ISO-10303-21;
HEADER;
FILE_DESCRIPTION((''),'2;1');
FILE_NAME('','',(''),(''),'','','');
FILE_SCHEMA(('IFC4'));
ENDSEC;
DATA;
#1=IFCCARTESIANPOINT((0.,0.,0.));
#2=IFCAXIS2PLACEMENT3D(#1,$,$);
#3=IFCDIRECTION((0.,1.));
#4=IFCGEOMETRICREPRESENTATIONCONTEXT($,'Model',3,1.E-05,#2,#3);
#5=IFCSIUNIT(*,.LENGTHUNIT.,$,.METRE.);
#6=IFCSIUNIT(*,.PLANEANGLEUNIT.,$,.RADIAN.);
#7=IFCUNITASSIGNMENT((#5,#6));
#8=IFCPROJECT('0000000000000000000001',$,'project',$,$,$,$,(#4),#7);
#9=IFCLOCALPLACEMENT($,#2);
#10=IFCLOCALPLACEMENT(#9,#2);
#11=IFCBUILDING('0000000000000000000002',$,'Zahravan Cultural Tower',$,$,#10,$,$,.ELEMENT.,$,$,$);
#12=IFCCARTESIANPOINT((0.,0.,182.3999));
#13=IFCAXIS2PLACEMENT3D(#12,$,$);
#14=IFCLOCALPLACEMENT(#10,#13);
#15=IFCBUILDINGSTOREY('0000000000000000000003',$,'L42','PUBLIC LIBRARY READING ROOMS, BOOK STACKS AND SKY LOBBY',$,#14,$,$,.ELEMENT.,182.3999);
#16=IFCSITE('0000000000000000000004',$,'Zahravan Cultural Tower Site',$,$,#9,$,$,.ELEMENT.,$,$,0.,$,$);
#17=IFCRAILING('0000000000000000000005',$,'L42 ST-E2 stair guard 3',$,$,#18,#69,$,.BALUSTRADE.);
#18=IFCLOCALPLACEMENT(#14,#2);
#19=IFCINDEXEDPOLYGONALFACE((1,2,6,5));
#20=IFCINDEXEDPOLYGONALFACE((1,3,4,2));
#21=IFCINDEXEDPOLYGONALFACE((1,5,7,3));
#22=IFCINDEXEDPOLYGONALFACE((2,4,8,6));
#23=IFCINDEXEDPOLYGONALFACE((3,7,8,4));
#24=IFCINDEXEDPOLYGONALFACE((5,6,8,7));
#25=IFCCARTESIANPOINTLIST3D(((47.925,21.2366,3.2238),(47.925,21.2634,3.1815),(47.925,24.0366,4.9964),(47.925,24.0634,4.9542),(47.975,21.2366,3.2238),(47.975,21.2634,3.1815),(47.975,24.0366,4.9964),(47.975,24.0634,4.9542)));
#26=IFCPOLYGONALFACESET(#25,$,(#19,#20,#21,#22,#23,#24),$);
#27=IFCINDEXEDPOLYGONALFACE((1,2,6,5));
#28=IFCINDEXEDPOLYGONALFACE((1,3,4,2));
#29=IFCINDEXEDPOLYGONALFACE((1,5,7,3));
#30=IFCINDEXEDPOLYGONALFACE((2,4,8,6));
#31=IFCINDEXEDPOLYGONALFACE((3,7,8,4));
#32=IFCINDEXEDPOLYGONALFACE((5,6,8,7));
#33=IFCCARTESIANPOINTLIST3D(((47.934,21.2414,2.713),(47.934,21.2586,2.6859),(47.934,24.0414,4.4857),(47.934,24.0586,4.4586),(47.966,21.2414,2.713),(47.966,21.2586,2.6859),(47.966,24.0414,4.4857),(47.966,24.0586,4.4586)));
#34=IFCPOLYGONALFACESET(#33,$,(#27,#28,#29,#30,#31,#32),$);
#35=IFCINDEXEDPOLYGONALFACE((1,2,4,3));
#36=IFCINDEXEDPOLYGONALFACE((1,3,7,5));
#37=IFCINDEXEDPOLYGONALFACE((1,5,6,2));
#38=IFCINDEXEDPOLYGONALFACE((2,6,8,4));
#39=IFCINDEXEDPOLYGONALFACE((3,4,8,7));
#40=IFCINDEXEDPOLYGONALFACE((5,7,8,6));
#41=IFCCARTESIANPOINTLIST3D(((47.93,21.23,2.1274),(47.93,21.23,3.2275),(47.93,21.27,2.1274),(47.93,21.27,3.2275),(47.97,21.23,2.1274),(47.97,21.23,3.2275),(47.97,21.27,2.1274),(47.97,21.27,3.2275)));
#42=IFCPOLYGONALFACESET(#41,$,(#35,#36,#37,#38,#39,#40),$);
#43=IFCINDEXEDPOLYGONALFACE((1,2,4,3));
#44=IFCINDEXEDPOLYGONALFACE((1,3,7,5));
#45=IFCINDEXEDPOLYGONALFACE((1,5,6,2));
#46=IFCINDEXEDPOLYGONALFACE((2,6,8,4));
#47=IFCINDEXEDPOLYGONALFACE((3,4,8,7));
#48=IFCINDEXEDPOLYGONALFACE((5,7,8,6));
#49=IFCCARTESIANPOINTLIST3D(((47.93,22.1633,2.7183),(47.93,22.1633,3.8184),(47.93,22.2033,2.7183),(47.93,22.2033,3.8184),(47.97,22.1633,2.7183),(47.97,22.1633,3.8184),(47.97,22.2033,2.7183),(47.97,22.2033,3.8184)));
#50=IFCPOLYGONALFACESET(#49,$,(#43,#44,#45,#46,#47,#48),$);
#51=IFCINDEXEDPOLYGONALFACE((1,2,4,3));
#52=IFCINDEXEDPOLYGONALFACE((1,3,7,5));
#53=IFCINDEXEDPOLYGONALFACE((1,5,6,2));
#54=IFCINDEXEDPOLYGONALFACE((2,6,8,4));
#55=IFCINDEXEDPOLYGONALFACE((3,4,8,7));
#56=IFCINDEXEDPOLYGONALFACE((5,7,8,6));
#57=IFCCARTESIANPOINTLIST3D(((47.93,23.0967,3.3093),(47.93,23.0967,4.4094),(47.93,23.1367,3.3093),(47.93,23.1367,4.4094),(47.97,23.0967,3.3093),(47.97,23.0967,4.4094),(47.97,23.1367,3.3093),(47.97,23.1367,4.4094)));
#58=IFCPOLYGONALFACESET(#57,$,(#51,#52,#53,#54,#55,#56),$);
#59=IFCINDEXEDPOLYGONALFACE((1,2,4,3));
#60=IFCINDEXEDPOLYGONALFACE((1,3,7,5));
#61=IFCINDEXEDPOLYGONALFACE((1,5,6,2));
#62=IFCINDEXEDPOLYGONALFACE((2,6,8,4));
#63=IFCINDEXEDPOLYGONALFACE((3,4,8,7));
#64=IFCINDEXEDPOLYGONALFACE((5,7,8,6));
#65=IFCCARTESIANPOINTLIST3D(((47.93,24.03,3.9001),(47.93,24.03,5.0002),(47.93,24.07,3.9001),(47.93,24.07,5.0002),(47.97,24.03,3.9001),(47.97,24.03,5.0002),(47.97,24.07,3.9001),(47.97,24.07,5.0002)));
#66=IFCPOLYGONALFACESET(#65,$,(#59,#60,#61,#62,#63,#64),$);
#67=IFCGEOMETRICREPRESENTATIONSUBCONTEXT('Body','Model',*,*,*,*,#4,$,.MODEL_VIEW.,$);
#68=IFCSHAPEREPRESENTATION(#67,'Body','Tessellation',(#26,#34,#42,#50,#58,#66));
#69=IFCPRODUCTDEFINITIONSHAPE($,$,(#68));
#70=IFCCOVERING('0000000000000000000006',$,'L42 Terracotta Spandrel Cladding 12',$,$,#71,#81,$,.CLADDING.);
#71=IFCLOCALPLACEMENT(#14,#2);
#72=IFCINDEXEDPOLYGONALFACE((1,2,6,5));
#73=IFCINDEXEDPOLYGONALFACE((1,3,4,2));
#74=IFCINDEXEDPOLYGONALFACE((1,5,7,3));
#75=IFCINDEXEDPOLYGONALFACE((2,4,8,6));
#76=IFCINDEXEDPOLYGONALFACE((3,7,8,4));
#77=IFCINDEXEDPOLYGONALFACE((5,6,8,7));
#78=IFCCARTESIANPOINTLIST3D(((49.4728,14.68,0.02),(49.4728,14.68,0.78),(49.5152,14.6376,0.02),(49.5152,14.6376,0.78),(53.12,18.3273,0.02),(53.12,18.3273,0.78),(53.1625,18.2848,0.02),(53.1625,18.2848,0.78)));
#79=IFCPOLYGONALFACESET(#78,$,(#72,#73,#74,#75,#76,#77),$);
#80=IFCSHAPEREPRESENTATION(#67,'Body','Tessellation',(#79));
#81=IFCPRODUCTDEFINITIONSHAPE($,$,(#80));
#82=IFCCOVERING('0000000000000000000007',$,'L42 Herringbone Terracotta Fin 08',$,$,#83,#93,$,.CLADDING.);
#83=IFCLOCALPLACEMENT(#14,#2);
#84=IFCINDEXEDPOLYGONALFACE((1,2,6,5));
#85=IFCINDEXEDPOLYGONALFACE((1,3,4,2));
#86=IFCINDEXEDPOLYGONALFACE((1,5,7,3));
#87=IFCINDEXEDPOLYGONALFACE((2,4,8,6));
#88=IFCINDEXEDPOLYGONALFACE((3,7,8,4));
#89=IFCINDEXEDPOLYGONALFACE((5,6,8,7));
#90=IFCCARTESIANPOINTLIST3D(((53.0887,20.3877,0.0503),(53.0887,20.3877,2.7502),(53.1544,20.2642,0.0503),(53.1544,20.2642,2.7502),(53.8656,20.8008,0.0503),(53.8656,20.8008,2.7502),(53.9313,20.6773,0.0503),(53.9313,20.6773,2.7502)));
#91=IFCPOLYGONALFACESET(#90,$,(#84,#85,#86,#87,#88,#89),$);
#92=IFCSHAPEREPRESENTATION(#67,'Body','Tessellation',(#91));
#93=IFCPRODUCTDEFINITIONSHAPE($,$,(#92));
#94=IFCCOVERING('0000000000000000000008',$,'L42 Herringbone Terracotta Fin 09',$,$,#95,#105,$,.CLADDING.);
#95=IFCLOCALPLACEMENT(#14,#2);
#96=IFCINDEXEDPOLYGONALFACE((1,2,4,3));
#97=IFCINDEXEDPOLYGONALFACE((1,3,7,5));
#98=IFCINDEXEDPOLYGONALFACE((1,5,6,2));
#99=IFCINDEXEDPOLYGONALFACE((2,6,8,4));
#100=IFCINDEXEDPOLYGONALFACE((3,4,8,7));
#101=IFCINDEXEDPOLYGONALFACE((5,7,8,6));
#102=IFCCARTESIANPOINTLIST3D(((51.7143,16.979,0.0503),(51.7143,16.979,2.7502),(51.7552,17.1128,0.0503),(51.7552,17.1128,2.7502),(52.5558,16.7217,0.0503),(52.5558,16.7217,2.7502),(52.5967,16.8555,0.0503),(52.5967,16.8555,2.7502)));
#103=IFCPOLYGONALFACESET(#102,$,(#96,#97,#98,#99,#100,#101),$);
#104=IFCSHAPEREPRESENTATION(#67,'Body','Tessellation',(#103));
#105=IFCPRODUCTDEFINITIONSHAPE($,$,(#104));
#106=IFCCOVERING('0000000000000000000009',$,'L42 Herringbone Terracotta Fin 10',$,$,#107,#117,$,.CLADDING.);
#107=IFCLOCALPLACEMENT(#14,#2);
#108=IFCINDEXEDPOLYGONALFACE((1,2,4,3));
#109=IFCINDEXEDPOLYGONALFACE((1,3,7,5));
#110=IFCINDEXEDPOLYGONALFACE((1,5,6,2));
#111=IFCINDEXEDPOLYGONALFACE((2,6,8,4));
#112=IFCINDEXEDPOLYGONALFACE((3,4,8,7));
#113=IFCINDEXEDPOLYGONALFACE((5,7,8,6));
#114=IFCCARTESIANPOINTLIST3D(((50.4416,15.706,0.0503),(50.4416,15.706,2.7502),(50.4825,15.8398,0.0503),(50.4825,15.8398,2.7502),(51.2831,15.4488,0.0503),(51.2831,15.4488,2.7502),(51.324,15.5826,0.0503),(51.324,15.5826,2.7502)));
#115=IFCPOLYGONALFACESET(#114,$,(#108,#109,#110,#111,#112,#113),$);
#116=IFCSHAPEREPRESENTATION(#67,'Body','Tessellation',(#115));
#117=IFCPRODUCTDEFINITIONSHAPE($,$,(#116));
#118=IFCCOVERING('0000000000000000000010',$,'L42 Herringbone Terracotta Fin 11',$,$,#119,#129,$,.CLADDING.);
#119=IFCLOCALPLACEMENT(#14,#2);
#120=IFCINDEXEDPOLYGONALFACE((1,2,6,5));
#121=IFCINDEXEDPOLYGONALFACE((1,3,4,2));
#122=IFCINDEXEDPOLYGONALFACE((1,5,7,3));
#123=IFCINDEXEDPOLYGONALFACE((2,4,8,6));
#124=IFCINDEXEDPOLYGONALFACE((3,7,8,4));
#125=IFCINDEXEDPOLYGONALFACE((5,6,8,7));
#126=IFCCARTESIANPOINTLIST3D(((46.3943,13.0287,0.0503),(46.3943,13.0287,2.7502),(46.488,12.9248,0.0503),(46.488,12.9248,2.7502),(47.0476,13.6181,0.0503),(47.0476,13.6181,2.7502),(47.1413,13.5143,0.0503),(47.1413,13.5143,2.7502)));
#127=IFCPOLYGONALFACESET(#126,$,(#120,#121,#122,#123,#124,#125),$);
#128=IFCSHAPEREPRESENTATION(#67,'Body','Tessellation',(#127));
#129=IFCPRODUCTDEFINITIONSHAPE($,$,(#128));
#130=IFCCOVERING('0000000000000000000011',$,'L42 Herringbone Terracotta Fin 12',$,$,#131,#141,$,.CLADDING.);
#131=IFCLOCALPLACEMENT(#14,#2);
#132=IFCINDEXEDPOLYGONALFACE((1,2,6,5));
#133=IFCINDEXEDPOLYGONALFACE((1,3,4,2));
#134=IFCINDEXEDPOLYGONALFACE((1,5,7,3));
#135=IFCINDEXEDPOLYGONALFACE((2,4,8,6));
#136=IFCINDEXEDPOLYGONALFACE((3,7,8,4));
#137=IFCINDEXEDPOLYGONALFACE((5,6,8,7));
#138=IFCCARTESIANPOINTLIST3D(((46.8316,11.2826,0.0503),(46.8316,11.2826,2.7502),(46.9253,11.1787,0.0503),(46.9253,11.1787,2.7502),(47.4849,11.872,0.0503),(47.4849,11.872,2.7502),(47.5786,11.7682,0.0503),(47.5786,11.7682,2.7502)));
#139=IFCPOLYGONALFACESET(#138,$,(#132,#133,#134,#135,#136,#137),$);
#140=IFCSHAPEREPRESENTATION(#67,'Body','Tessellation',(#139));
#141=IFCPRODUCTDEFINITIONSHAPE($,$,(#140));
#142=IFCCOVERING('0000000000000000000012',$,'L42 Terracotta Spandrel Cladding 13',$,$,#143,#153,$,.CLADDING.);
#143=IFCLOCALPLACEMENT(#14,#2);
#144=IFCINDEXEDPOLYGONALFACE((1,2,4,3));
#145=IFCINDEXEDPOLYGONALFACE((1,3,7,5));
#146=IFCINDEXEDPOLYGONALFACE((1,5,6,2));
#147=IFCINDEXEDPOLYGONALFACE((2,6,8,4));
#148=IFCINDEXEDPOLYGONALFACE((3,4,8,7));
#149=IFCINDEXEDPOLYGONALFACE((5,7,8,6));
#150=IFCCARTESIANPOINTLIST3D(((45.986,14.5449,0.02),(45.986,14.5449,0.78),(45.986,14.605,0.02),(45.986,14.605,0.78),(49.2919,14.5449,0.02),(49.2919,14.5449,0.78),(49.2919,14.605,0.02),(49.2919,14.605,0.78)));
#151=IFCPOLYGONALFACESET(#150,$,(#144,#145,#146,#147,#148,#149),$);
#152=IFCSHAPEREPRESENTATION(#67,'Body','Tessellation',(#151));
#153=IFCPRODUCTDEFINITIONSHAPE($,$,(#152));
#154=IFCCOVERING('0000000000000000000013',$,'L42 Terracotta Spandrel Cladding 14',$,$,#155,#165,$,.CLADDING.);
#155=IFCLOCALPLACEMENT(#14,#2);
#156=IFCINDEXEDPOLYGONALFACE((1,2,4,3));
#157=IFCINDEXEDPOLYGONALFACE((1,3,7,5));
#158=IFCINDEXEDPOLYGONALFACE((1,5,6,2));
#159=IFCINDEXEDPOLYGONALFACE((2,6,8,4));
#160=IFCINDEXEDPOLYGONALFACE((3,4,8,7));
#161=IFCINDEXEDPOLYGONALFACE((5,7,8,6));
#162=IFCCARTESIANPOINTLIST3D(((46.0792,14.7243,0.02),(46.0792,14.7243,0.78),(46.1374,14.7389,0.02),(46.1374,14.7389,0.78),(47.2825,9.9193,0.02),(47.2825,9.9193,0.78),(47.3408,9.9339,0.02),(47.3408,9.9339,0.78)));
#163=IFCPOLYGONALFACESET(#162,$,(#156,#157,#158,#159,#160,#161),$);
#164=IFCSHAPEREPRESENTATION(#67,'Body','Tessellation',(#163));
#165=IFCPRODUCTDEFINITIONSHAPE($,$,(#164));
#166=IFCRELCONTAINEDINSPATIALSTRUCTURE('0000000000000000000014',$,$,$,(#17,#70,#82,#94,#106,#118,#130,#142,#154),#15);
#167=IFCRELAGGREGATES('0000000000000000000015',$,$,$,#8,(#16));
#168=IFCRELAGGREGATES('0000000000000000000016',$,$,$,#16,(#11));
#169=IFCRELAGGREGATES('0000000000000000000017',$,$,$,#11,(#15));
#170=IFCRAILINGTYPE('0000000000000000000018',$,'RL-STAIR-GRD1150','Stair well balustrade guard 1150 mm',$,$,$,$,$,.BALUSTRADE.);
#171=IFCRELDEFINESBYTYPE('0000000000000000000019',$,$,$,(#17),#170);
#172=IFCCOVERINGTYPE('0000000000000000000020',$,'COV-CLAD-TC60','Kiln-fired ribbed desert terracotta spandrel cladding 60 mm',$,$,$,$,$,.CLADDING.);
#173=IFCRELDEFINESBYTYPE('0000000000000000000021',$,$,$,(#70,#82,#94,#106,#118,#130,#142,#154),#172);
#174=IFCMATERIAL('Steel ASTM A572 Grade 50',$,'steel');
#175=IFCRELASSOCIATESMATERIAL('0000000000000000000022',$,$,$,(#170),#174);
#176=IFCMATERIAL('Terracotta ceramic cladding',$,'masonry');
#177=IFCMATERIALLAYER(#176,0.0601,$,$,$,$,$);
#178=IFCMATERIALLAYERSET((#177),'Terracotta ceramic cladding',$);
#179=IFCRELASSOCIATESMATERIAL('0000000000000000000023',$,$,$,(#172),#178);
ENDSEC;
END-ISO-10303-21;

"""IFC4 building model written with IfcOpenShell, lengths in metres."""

from ifc_helpers import new_model, si_unit, direction, frame, origin, origin_2d, place, context, subcontext, project, spatial, rectangle, extrude, source, transform, mapped, material, layer, layer_set, type_object, element, save


model = new_model("IFC4")

# Units and contexts
model_context = context("Model", 3, precision=1e-05, world=origin(), true_north=direction((0.0, 1.0)))
body_context = subcontext(model_context, "Body", "Model", "MODEL_VIEW")
ifc_project = project(units=[si_unit("LENGTHUNIT", "METRE"), si_unit("PLANEANGLEUNIT", "RADIAN")], contexts=[model_context])

# Site, building, storey
site_placement = place(None, origin())
site = spatial("IfcSite", under=ifc_project, at=site_placement, Name="Zahravan Cultural Tower Site", CompositionType="ELEMENT", RefElevation=0.0)
building_placement = place(site_placement, origin())
building = spatial("IfcBuilding", under=site, at=building_placement, Name="Zahravan Cultural Tower", CompositionType="ELEMENT")
storey_placement = place(building_placement, frame((0.0, 0.0, 182.3999)))
storey = spatial("IfcBuildingStorey", under=building, at=storey_placement, Name="L42", Description="PUBLIC LIBRARY READING ROOMS, BOOK STACKS AND SKY LOBBY", CompositionType="ELEMENT", Elevation=182.3999)

# Shared definitions
ifc_material_1 = material(Name="Steel ASTM A572 Grade 50", Category="steel")

# Railing
railing_type = type_object("IfcRailingType", Name="RL-STAIR-GRD1150", Description="Stair well balustrade guard 1150 mm", PredefinedType="BALUSTRADE", material=ifc_material_1)
railing_1_placement = place(storey_placement, frame((47.95, 21.25, 2.1274)))
element("IfcRailing", 1, at=railing_1_placement, inside=storey, type_object=railing_type, Name="L42 ST-E2 stair guard 3", PredefinedType="BALUSTRADE", context=body_context, shape_type="SweptSolid", body=[
    extrude(rectangle(XDim=0.05, YDim=0.05, at=origin_2d()), frame((0.0, 0.0, 1.0752), z_axis=(0.0, 0.844909, 0.53491), x_axis=(-1.0, 0.0, 0.0)), (0.0, 0.0, 1.0), 3.314),
    extrude(rectangle(XDim=0.032, YDim=0.032, at=origin_2d()), frame((0.0, 0.0, 0.572), z_axis=(0.0, 0.844909, 0.53491), x_axis=(-1.0, 0.0, 0.0)), (0.0, 0.0, 1.0), 3.314),
    extrude(rectangle(XDim=0.04, YDim=0.04, at=origin_2d()), origin(), (0.0, 0.0, 1.0), 1.1001),
    extrude(rectangle(XDim=0.04, YDim=0.04, at=origin_2d()), frame((0.0, 0.9333, 0.5908)), (0.0, 0.0, 1.0), 1.1001),
    extrude(rectangle(XDim=0.04, YDim=0.04, at=origin_2d()), frame((0.0, 1.8667, 1.1819)), (0.0, 0.0, 1.0), 1.1001),
    extrude(rectangle(XDim=0.04, YDim=0.04, at=origin_2d()), frame((0.0, 2.8, 1.7727)), (0.0, 0.0, 1.0), 1.1001),
])

# Coverings
ifc_material_2 = material(Name="Terracotta ceramic cladding", Category="masonry")
ifc_layer_1 = layer(ifc_material_2, 0.0601)
ifc_layer_set_1 = layer_set([ifc_layer_1], Name="Terracotta ceramic cladding")
covering_type = type_object("IfcCoveringType", Name="COV-CLAD-TC60", Description="Kiln-fired ribbed desert terracotta spandrel cladding 60 mm", PredefinedType="CLADDING", material=ifc_layer_set_1)
shared_shape_1 = source(origin(), body_context, "Body", "SweptSolid", [
    extrude(rectangle(XDim=5.158, YDim=0.0601, at=origin_2d()), origin(), (0.0, 0.0, 1.0), 0.76),
])
covering_1_placement = place(storey_placement, frame((51.3176, 16.4824, 0.02), z_axis=(0.0, 0.0, 1.0), x_axis=(-0.707107, -0.707107, 0.0)))
element("IfcCovering", 2, at=covering_1_placement, inside=storey, type_object=covering_type, Name="L42 Terracotta Spandrel Cladding 12", PredefinedType="CLADDING", context=body_context, shape_type="MappedRepresentation", body=[
    mapped(shared_shape_1, transform((0.0, 0.0, 0.0), x_axis=(1.0, 0.0, 0.0), y_axis=(0.0, 1.0, 0.0), z_axis=(0.0, 0.0, 1.0), scale=1.0)),
])
shared_shape_2 = source(origin(), body_context, "Body", "SweptSolid", [
    extrude(rectangle(XDim=0.8799, YDim=0.1399, at=origin_2d()), origin(), (0.0, 0.0, 1.0), 2.7),
])
for number, where, z_axis, x_axis, name in (
    (3, (53.51, 20.5325, 0.0503), (0.0, 0.0, 1.0), (0.882948, 0.469472, 0.0), "L42 Herringbone Terracotta Fin 08"),
    (4, (52.1555, 16.9172, 0.0503), (0.0, 0.0, 1.0), (0.956305, -0.292372, 0.0), "L42 Herringbone Terracotta Fin 09"),
    (5, (50.8828, 15.6443, 0.0503), (0.0, 0.0, 1.0), (0.956305, -0.292372, 0.0), "L42 Herringbone Terracotta Fin 10"),
    (6, (46.7678, 13.2715, 0.0503), (0.0, 0.0, 1.0), (0.742444, 0.669908, 0.0), "L42 Herringbone Terracotta Fin 11"),
    (7, (47.2051, 11.5254, 0.0503), (0.0, 0.0, 1.0), (0.742444, 0.669908, 0.0), "L42 Herringbone Terracotta Fin 12"),
):
    element("IfcCovering", number, at=place(storey_placement, frame(where, z_axis=z_axis, x_axis=x_axis)), inside=storey, type_object=covering_type, Name=name, PredefinedType="CLADDING", context=body_context, shape_type="MappedRepresentation", body=[
        mapped(shared_shape_2, transform((0.0, 0.0, 0.0), x_axis=(1.0, 0.0, 0.0), y_axis=(0.0, 1.0, 0.0), z_axis=(0.0, 0.0, 1.0), scale=1.0)),
    ])
shared_shape_3 = source(origin(), body_context, "Body", "SweptSolid", [
    extrude(rectangle(XDim=3.3059, YDim=0.0601, at=origin_2d()), origin(), (0.0, 0.0, 1.0), 0.76),
])
covering_2_placement = place(storey_placement, frame((47.6389, 14.575, 0.02), z_axis=(0.0, 0.0, 1.0), x_axis=(-1.0, 0.0, 0.0)))
element("IfcCovering", 8, at=covering_2_placement, inside=storey, type_object=covering_type, Name="L42 Terracotta Spandrel Cladding 13", PredefinedType="CLADDING", context=body_context, shape_type="MappedRepresentation", body=[
    mapped(shared_shape_3, transform((0.0, 0.0, 0.0), x_axis=(1.0, 0.0, 0.0), y_axis=(0.0, 1.0, 0.0), z_axis=(0.0, 0.0, 1.0), scale=1.0)),
])
shared_shape_4 = source(origin(), body_context, "Body", "SweptSolid", [
    extrude(rectangle(XDim=4.9534, YDim=0.0601, at=origin_2d()), origin(), (0.0, 0.0, 1.0), 0.76),
])
covering_3_placement = place(storey_placement, frame((46.71, 12.3291, 0.02), z_axis=(0.0, 0.0, 1.0), x_axis=(0.242938, -0.970042, 0.0)))
element("IfcCovering", 9, at=covering_3_placement, inside=storey, type_object=covering_type, Name="L42 Terracotta Spandrel Cladding 14", PredefinedType="CLADDING", context=body_context, shape_type="MappedRepresentation", body=[
    mapped(shared_shape_4, transform((0.0, 0.0, 0.0), x_axis=(1.0, 0.0, 0.0), y_axis=(0.0, 1.0, 0.0), z_axis=(0.0, 0.0, 1.0), scale=1.0)),
])

save(model, "model.ifc")
